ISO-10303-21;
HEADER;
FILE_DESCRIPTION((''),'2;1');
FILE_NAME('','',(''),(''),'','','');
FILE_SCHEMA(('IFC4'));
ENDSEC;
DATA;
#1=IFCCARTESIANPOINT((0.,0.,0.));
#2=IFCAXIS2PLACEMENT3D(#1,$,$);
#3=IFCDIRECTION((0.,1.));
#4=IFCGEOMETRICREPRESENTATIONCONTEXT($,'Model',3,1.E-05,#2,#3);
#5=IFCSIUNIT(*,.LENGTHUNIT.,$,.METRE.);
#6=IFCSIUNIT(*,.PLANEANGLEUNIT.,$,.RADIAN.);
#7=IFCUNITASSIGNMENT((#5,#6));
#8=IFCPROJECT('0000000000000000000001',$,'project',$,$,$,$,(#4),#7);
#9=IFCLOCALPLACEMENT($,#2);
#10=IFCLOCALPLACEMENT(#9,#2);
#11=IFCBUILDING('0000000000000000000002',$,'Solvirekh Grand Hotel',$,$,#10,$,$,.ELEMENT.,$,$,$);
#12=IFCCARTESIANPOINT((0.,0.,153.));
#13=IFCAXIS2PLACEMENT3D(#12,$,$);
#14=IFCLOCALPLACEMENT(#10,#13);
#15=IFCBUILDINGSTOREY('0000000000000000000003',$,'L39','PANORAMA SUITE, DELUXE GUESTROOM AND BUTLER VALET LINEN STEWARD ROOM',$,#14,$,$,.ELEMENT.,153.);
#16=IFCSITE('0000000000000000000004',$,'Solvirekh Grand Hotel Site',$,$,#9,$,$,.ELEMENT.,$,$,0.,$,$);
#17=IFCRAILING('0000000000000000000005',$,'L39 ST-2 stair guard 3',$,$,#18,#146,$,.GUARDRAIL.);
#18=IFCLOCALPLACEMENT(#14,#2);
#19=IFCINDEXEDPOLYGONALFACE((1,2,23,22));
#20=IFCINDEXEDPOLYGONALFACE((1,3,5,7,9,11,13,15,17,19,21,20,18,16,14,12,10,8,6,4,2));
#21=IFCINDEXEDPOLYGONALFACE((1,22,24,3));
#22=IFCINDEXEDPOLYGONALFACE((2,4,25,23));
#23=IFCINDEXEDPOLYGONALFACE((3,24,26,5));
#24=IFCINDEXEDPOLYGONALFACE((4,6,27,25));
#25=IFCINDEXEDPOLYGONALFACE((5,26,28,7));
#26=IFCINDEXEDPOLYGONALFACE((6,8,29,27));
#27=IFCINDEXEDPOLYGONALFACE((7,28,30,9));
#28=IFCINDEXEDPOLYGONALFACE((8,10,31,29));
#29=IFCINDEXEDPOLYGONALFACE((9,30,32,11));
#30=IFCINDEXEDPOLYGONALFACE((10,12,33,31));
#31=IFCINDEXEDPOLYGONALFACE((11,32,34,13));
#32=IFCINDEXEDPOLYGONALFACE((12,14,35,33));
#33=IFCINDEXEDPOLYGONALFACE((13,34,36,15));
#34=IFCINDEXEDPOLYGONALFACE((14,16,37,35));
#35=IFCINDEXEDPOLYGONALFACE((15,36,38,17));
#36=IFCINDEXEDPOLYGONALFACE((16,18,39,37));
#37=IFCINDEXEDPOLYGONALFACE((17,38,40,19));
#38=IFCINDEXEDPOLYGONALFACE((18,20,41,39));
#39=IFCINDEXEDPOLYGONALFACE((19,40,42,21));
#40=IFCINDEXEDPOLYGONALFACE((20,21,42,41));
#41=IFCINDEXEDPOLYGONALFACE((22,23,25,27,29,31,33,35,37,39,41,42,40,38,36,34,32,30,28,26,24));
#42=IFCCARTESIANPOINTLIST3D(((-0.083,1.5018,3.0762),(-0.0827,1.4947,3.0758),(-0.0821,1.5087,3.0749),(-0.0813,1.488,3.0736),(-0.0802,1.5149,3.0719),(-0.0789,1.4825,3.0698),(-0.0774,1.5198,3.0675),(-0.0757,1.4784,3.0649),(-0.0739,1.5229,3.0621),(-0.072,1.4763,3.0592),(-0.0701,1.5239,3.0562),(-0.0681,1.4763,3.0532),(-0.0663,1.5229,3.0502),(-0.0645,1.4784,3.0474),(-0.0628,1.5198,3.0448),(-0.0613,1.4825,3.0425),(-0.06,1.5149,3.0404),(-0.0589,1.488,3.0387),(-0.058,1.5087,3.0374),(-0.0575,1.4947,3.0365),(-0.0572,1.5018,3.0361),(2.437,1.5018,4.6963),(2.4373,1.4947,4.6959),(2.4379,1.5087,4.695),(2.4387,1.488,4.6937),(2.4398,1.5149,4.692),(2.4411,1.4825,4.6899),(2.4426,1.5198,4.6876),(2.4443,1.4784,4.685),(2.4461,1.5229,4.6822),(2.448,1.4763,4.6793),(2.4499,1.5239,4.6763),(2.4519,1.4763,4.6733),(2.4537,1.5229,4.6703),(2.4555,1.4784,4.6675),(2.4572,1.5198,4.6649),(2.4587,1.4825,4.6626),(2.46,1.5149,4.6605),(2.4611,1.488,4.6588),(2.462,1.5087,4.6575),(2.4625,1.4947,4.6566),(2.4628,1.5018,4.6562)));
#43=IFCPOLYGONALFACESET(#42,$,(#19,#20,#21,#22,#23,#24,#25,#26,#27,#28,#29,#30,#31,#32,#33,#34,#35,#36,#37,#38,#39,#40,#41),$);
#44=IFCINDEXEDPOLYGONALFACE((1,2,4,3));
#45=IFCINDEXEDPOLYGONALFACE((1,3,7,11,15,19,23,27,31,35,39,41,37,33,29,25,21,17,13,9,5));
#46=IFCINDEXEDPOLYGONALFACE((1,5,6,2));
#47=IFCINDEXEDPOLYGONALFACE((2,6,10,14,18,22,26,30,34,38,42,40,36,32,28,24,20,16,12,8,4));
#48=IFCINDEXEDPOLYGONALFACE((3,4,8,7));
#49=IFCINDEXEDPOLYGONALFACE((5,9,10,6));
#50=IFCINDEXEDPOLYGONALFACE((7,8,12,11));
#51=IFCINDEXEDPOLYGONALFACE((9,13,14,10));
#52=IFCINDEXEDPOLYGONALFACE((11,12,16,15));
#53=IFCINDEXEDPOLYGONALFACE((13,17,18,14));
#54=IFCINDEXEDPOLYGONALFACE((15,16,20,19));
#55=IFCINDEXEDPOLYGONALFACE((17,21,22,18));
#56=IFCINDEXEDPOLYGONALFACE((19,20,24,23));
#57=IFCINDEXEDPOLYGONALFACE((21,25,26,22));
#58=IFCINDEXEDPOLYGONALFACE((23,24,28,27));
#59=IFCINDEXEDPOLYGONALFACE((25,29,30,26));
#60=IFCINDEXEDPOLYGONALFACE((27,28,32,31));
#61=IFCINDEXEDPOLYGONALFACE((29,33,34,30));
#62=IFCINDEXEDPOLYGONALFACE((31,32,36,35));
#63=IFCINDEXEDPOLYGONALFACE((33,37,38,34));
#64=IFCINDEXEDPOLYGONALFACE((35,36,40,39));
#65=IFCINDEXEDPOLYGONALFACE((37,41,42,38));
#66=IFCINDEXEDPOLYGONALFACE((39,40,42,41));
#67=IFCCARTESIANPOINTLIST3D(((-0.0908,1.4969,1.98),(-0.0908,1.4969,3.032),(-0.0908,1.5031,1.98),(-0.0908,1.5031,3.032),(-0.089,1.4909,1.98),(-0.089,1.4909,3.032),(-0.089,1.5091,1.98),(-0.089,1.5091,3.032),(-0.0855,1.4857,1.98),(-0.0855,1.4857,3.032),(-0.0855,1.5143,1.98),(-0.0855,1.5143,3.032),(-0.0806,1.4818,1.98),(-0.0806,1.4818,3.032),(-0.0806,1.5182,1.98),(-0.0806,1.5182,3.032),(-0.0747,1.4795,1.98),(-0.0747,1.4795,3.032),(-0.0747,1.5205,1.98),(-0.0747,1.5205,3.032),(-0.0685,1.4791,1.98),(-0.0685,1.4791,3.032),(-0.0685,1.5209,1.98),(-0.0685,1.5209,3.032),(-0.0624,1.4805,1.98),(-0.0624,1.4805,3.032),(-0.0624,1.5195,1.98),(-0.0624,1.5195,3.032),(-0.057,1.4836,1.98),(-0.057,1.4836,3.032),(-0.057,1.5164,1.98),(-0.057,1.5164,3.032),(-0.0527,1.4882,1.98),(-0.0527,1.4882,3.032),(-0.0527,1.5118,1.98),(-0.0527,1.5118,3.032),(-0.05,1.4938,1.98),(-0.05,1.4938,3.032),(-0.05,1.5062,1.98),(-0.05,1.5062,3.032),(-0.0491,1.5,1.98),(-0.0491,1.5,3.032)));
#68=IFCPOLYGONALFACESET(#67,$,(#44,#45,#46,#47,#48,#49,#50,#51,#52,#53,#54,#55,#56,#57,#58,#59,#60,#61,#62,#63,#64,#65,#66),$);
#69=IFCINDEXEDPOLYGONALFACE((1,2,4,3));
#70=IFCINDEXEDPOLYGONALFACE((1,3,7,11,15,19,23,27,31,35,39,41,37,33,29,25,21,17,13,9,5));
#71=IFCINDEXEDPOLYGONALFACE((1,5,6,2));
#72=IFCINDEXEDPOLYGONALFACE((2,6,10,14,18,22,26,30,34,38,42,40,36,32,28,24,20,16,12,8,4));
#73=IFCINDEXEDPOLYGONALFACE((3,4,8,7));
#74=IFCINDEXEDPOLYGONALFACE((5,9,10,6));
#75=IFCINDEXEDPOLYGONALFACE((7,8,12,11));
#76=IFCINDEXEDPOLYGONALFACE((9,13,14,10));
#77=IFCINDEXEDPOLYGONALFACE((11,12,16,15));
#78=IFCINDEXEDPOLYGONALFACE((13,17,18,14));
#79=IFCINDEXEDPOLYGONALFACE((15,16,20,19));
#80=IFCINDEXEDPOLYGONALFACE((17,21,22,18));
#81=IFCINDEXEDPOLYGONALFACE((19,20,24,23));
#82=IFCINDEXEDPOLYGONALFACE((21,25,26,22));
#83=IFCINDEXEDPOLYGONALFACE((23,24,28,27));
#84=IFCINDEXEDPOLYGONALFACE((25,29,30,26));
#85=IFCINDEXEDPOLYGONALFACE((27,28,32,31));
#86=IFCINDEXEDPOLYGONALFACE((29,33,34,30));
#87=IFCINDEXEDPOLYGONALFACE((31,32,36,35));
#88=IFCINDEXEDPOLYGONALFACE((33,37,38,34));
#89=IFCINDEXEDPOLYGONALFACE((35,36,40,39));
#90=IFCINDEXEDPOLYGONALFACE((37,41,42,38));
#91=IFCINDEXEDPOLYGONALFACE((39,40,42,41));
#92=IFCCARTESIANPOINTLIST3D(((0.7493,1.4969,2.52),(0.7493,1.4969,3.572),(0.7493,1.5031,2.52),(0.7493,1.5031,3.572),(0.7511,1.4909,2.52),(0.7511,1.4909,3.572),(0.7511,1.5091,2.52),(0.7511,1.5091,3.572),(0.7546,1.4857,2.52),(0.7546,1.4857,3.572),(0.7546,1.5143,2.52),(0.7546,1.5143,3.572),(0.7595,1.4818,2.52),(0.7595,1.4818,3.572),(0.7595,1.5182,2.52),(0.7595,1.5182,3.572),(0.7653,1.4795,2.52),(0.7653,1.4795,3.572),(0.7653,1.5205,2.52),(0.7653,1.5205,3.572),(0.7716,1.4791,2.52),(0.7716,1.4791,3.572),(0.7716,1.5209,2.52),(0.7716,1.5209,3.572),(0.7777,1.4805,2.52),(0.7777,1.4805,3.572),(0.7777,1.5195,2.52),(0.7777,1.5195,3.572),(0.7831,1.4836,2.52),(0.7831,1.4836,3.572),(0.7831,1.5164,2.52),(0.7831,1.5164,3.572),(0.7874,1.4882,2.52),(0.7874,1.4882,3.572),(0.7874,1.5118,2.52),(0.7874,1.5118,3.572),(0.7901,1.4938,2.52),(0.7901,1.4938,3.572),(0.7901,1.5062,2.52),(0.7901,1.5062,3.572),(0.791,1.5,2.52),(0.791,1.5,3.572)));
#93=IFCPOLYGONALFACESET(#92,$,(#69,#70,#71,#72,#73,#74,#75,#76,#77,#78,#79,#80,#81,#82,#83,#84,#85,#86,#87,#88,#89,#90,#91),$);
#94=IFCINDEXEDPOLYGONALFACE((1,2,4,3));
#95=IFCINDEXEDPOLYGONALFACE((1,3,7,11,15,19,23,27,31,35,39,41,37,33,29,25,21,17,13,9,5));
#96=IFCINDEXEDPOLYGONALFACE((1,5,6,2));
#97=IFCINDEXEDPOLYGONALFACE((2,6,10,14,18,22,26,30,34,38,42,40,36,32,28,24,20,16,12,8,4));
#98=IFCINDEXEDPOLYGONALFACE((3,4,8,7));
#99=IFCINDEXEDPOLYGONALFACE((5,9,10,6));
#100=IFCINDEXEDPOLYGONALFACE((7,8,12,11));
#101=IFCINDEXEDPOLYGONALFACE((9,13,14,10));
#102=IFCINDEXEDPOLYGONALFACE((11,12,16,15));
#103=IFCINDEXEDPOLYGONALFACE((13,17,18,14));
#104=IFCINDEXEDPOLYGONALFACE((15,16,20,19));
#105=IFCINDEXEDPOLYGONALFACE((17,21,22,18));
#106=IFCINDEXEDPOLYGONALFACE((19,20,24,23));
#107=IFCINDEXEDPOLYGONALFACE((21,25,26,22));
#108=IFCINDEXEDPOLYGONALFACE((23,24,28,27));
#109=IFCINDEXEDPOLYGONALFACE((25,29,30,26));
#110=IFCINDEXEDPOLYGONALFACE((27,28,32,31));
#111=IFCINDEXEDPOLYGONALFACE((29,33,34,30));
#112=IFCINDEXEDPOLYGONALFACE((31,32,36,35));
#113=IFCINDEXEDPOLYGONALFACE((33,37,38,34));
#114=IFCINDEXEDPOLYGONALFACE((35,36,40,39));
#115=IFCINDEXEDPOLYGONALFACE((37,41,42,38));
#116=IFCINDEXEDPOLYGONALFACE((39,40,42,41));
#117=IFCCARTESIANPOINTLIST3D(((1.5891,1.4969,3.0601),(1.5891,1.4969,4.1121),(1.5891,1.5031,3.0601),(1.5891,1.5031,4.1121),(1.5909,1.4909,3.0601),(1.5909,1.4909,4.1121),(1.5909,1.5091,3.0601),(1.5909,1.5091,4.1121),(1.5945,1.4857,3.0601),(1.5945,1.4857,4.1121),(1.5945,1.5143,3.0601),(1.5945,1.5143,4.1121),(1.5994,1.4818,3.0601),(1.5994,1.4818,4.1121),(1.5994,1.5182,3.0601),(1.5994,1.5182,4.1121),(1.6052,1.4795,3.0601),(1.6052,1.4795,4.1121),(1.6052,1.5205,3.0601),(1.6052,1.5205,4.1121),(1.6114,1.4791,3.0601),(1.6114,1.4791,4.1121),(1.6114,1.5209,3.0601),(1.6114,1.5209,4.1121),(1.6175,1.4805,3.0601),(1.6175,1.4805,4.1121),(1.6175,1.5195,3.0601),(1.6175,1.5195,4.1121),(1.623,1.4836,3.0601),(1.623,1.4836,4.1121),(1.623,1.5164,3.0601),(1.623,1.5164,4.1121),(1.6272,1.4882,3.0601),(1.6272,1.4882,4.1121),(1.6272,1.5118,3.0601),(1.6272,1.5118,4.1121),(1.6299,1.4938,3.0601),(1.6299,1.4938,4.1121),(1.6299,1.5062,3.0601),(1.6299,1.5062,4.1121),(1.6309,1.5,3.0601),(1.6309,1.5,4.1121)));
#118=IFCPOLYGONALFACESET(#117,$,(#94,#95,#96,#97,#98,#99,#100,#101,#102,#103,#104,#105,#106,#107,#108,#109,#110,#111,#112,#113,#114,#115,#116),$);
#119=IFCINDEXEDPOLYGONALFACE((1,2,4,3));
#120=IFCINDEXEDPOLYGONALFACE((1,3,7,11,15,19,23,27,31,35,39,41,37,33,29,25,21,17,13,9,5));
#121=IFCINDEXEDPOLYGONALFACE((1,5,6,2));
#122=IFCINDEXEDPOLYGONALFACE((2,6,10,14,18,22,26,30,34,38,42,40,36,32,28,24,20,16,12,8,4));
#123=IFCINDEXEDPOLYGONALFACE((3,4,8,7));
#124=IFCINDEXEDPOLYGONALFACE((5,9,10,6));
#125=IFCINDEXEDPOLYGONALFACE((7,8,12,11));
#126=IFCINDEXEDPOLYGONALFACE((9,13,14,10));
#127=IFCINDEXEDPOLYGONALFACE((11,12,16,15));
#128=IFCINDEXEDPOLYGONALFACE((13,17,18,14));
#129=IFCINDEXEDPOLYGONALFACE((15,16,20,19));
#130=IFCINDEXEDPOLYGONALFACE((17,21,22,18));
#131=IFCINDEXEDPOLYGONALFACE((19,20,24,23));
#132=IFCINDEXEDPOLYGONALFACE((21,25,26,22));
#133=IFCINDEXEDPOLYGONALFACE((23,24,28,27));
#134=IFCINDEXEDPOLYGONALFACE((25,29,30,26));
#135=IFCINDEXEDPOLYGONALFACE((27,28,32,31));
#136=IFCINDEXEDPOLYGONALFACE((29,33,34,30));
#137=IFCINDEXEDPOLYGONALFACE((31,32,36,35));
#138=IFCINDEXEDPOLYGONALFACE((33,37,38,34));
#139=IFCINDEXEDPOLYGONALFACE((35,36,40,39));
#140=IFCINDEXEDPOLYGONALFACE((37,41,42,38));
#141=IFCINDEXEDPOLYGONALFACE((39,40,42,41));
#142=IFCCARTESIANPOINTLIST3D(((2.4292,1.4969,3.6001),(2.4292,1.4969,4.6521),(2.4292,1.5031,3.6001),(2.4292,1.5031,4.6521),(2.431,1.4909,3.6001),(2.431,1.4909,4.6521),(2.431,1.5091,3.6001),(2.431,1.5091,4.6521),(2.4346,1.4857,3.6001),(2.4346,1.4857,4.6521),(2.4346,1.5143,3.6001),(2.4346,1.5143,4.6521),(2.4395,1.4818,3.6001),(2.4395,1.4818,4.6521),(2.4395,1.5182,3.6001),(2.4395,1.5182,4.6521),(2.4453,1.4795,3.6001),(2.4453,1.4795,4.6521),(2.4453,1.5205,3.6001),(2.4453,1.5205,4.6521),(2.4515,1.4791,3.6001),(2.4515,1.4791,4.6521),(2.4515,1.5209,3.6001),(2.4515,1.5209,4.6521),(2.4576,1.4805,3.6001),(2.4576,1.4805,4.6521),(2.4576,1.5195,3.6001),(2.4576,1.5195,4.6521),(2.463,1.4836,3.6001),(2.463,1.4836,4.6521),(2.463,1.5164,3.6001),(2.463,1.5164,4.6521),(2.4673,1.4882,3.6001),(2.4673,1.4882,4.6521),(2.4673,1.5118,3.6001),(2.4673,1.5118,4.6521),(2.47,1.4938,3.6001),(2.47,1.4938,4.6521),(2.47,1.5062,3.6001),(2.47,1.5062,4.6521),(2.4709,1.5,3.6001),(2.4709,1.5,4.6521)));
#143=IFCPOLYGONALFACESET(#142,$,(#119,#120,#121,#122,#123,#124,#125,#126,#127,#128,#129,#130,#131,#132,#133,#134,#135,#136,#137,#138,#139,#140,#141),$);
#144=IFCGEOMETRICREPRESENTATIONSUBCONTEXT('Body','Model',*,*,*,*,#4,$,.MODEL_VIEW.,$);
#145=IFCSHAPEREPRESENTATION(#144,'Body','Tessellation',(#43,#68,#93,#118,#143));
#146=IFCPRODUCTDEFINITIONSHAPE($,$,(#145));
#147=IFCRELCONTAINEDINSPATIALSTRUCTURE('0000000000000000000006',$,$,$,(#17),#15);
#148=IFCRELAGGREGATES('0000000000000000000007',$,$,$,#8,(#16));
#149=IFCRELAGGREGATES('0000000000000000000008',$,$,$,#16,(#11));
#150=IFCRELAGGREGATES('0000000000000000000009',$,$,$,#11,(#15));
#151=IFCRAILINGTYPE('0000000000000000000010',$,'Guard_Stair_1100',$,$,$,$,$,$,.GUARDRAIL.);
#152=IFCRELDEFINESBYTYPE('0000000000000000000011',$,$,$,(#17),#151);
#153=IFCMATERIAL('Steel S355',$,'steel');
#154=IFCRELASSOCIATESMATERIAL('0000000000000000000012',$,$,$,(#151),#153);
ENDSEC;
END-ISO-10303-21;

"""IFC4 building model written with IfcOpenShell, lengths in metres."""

from ifc_helpers import new_model, si_unit, direction, frame, origin, origin_2d, place, context, subcontext, project, spatial, circle, extrude, material, type_object, element, save


model = new_model("IFC4")

# Units and contexts
model_context = context("Model", 3, precision=1e-05, world=origin(), true_north=direction((0.0, 1.0)))
body_context = subcontext(model_context, "Body", "Model", "MODEL_VIEW")
ifc_project = project(units=[si_unit("LENGTHUNIT", "METRE"), si_unit("PLANEANGLEUNIT", "RADIAN")], contexts=[model_context])

# Site, building, storey
site_placement = place(None, origin())
site = spatial("IfcSite", under=ifc_project, at=site_placement, Name="Solvirekh Grand Hotel Site", CompositionType="ELEMENT", RefElevation=0.0)
building_placement = place(site_placement, origin())
building = spatial("IfcBuilding", under=site, at=building_placement, Name="Solvirekh Grand Hotel", CompositionType="ELEMENT")
storey_placement = place(building_placement, frame((0.0, 0.0, 153.0)))
storey = spatial("IfcBuildingStorey", under=building, at=storey_placement, Name="L39", Description="PANORAMA SUITE, DELUXE GUESTROOM AND BUTLER VALET LINEN STEWARD ROOM", CompositionType="ELEMENT", Elevation=153.0)

# Shared definitions
ifc_material_1 = material(Name="Steel S355", Category="steel")

# Railing
railing_type_1 = type_object("IfcRailingType", Name="Guard_Stair_1100", PredefinedType="GUARDRAIL", material=ifc_material_1)
railing_1_placement = place(storey_placement, frame((-0.0701, 1.5, 1.98)))
element("IfcRailing", 1, at=railing_1_placement, inside=storey, type_object=railing_type_1, Name="L39 ST-2 stair guard 3", PredefinedType="GUARDRAIL", context=body_context, shape_type="SweptSolid", body=[
    extrude(circle(Radius=0.0239, at=origin_2d()), frame((0.0, 0.0, 1.0762), z_axis=(0.841163, 0.0, 0.540782), x_axis=(0.0, 1.0, 0.0)), (0.0, 0.0, 1.0), 2.9958),
    extrude(circle(Radius=0.021, at=origin_2d()), origin(), (0.0, 0.0, 1.0), 1.052),
    extrude(circle(Radius=0.021, at=origin_2d()), frame((0.8401, 0.0, 0.54)), (0.0, 0.0, 1.0), 1.052),
    extrude(circle(Radius=0.021, at=origin_2d()), frame((1.6799, 0.0, 1.0801)), (0.0, 0.0, 1.0), 1.052),
    extrude(circle(Radius=0.021, at=origin_2d()), frame((2.52, 0.0, 1.6201)), (0.0, 0.0, 1.0), 1.052),
])

save(model, "model.ifc")
